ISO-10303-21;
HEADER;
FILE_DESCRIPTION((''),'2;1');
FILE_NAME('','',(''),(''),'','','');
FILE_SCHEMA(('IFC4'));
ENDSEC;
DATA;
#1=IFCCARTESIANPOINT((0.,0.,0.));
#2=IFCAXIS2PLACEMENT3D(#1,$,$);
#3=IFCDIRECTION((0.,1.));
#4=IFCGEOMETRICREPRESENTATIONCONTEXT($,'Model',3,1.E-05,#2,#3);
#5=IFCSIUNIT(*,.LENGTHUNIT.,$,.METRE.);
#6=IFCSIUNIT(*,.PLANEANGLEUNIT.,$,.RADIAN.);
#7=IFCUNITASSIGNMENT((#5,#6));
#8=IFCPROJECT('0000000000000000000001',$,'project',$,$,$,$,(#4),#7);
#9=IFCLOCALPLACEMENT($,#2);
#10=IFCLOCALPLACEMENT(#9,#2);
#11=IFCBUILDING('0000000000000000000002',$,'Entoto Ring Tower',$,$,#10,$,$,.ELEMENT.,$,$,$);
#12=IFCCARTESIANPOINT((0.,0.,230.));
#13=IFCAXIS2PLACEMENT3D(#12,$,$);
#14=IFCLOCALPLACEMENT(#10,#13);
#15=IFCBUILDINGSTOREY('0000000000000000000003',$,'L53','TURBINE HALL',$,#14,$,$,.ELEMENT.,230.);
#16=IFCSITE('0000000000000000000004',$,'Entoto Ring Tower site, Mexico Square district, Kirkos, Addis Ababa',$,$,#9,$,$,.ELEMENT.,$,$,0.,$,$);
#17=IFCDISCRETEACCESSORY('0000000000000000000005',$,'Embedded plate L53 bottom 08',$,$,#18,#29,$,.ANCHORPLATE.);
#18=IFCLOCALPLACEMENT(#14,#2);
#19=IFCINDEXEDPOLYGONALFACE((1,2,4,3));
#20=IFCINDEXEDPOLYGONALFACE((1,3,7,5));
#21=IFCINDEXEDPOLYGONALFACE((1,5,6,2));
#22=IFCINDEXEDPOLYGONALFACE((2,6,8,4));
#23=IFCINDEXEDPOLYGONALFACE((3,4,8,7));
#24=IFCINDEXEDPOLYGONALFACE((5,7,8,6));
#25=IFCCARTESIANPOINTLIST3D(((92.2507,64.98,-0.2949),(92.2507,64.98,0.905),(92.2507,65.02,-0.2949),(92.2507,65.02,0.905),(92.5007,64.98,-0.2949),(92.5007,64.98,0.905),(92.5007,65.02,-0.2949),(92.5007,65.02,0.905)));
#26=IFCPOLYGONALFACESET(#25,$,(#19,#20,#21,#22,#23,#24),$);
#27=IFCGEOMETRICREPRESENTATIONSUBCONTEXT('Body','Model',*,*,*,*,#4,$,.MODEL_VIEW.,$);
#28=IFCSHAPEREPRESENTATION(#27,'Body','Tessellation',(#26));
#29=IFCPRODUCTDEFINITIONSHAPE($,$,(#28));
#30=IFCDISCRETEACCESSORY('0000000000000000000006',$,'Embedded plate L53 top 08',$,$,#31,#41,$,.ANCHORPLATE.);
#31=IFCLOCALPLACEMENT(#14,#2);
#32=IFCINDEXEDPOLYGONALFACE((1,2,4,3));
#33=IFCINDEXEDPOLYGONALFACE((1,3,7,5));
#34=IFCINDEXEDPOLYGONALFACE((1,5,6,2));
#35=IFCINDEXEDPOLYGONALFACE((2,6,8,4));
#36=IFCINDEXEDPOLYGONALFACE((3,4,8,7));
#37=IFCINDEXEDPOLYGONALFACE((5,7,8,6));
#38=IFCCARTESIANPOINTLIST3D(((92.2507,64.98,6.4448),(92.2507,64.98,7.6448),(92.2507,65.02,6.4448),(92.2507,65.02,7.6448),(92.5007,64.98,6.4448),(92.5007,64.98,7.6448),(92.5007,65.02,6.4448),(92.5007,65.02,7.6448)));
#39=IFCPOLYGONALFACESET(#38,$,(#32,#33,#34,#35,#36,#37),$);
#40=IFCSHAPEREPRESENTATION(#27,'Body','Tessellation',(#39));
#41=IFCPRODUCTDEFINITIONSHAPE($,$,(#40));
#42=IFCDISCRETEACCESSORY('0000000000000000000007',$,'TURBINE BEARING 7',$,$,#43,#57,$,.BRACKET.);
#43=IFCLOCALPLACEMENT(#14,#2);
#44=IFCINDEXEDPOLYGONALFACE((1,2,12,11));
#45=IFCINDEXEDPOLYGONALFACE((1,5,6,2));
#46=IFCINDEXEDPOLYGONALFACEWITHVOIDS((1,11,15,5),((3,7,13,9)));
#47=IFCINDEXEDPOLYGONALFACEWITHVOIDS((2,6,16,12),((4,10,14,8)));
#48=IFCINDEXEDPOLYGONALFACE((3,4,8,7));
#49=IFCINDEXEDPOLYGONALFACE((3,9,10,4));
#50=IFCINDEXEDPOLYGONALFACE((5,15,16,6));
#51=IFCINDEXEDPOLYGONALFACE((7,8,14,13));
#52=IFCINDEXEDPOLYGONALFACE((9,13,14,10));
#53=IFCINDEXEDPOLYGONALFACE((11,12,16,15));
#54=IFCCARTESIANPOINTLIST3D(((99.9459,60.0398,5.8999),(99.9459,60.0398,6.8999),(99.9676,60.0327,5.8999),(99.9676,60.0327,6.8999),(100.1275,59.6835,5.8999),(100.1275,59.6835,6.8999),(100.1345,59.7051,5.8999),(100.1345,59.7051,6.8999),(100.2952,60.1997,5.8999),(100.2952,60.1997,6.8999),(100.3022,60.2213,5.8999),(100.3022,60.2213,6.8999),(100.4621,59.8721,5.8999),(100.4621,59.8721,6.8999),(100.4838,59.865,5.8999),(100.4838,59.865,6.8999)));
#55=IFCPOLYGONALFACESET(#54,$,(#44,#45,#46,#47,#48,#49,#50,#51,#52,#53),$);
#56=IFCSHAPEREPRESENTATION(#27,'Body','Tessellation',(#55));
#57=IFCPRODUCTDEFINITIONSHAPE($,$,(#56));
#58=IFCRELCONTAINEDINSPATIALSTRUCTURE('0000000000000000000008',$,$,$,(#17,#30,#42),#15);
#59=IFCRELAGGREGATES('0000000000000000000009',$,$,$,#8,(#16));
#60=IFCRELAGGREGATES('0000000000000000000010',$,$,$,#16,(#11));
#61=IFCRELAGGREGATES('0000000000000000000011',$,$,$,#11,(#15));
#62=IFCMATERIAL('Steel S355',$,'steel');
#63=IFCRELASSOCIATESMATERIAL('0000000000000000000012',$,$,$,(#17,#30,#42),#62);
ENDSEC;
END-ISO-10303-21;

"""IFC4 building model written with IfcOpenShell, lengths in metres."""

from ifc_helpers import new_model, si_unit, direction, frame, origin, origin_2d, place, context, subcontext, project, spatial, rectangle, hollow_rectangle, extrude, material, element, save


model = new_model("IFC4")

# Units and contexts
model_context = context("Model", 3, precision=1e-05, world=origin(), true_north=direction((0.0, 1.0)))
body_context = subcontext(model_context, "Body", "Model", "MODEL_VIEW")
ifc_project = project(units=[si_unit("LENGTHUNIT", "METRE"), si_unit("PLANEANGLEUNIT", "RADIAN")], contexts=[model_context])

# Site, building, storey
site_placement = place(None, origin())
site = spatial("IfcSite", under=ifc_project, at=site_placement, Name="Entoto Ring Tower site, Mexico Square district, Kirkos, Addis Ababa", CompositionType="ELEMENT", RefElevation=0.0)
building_placement = place(site_placement, origin())
building = spatial("IfcBuilding", under=site, at=building_placement, Name="Entoto Ring Tower", CompositionType="ELEMENT")
storey_placement = place(building_placement, frame((0.0, 0.0, 230.0)))
storey = spatial("IfcBuildingStorey", under=building, at=storey_placement, Name="L53", Description="TURBINE HALL", CompositionType="ELEMENT", Elevation=230.0)

# Discrete accessories
ifc_material_1 = material(Name="Steel S355", Category="steel")
for number, where, z_axis, x_axis, name in (
    (1, (92.3757, 65.0, -0.2949), (0.0, 0.0, 1.0), (0.0, -1.0, 0.0), "Embedded plate L53 bottom 08"),
    (2, (92.3757, 65.0, 6.4448), (0.0, 0.0, 1.0), (0.0, -1.0, 0.0), "Embedded plate L53 top 08"),
):
    element("IfcDiscreteAccessory", number, at=place(storey_placement, frame(where, z_axis=z_axis, x_axis=x_axis)), inside=storey, material=ifc_material_1, Name=name, PredefinedType="ANCHORPLATE", context=body_context, shape_type="SweptSolid", body=[
        extrude(rectangle(XDim=0.04, YDim=0.25, at=origin_2d()), origin(), (0.0, 0.0, 1.0), 1.2),
    ])
discrete_accessory_placement = place(storey_placement, frame((100.2148, 59.9524, 5.8999), z_axis=(0.0, 0.0, 1.0), x_axis=(0.891007, 0.45399, 0.0)))
element("IfcDiscreteAccessory", 3, at=discrete_accessory_placement, inside=storey, material=ifc_material_1, Name="TURBINE BEARING 7", PredefinedType="BRACKET", context=body_context, shape_type="SweptSolid", body=[
    extrude(hollow_rectangle(XDim=0.3999, YDim=0.3999, WallThickness=0.0161, at=origin_2d()), origin(), (0.0, 0.0, 1.0), 1.0),
])

save(model, "model.ifc")
